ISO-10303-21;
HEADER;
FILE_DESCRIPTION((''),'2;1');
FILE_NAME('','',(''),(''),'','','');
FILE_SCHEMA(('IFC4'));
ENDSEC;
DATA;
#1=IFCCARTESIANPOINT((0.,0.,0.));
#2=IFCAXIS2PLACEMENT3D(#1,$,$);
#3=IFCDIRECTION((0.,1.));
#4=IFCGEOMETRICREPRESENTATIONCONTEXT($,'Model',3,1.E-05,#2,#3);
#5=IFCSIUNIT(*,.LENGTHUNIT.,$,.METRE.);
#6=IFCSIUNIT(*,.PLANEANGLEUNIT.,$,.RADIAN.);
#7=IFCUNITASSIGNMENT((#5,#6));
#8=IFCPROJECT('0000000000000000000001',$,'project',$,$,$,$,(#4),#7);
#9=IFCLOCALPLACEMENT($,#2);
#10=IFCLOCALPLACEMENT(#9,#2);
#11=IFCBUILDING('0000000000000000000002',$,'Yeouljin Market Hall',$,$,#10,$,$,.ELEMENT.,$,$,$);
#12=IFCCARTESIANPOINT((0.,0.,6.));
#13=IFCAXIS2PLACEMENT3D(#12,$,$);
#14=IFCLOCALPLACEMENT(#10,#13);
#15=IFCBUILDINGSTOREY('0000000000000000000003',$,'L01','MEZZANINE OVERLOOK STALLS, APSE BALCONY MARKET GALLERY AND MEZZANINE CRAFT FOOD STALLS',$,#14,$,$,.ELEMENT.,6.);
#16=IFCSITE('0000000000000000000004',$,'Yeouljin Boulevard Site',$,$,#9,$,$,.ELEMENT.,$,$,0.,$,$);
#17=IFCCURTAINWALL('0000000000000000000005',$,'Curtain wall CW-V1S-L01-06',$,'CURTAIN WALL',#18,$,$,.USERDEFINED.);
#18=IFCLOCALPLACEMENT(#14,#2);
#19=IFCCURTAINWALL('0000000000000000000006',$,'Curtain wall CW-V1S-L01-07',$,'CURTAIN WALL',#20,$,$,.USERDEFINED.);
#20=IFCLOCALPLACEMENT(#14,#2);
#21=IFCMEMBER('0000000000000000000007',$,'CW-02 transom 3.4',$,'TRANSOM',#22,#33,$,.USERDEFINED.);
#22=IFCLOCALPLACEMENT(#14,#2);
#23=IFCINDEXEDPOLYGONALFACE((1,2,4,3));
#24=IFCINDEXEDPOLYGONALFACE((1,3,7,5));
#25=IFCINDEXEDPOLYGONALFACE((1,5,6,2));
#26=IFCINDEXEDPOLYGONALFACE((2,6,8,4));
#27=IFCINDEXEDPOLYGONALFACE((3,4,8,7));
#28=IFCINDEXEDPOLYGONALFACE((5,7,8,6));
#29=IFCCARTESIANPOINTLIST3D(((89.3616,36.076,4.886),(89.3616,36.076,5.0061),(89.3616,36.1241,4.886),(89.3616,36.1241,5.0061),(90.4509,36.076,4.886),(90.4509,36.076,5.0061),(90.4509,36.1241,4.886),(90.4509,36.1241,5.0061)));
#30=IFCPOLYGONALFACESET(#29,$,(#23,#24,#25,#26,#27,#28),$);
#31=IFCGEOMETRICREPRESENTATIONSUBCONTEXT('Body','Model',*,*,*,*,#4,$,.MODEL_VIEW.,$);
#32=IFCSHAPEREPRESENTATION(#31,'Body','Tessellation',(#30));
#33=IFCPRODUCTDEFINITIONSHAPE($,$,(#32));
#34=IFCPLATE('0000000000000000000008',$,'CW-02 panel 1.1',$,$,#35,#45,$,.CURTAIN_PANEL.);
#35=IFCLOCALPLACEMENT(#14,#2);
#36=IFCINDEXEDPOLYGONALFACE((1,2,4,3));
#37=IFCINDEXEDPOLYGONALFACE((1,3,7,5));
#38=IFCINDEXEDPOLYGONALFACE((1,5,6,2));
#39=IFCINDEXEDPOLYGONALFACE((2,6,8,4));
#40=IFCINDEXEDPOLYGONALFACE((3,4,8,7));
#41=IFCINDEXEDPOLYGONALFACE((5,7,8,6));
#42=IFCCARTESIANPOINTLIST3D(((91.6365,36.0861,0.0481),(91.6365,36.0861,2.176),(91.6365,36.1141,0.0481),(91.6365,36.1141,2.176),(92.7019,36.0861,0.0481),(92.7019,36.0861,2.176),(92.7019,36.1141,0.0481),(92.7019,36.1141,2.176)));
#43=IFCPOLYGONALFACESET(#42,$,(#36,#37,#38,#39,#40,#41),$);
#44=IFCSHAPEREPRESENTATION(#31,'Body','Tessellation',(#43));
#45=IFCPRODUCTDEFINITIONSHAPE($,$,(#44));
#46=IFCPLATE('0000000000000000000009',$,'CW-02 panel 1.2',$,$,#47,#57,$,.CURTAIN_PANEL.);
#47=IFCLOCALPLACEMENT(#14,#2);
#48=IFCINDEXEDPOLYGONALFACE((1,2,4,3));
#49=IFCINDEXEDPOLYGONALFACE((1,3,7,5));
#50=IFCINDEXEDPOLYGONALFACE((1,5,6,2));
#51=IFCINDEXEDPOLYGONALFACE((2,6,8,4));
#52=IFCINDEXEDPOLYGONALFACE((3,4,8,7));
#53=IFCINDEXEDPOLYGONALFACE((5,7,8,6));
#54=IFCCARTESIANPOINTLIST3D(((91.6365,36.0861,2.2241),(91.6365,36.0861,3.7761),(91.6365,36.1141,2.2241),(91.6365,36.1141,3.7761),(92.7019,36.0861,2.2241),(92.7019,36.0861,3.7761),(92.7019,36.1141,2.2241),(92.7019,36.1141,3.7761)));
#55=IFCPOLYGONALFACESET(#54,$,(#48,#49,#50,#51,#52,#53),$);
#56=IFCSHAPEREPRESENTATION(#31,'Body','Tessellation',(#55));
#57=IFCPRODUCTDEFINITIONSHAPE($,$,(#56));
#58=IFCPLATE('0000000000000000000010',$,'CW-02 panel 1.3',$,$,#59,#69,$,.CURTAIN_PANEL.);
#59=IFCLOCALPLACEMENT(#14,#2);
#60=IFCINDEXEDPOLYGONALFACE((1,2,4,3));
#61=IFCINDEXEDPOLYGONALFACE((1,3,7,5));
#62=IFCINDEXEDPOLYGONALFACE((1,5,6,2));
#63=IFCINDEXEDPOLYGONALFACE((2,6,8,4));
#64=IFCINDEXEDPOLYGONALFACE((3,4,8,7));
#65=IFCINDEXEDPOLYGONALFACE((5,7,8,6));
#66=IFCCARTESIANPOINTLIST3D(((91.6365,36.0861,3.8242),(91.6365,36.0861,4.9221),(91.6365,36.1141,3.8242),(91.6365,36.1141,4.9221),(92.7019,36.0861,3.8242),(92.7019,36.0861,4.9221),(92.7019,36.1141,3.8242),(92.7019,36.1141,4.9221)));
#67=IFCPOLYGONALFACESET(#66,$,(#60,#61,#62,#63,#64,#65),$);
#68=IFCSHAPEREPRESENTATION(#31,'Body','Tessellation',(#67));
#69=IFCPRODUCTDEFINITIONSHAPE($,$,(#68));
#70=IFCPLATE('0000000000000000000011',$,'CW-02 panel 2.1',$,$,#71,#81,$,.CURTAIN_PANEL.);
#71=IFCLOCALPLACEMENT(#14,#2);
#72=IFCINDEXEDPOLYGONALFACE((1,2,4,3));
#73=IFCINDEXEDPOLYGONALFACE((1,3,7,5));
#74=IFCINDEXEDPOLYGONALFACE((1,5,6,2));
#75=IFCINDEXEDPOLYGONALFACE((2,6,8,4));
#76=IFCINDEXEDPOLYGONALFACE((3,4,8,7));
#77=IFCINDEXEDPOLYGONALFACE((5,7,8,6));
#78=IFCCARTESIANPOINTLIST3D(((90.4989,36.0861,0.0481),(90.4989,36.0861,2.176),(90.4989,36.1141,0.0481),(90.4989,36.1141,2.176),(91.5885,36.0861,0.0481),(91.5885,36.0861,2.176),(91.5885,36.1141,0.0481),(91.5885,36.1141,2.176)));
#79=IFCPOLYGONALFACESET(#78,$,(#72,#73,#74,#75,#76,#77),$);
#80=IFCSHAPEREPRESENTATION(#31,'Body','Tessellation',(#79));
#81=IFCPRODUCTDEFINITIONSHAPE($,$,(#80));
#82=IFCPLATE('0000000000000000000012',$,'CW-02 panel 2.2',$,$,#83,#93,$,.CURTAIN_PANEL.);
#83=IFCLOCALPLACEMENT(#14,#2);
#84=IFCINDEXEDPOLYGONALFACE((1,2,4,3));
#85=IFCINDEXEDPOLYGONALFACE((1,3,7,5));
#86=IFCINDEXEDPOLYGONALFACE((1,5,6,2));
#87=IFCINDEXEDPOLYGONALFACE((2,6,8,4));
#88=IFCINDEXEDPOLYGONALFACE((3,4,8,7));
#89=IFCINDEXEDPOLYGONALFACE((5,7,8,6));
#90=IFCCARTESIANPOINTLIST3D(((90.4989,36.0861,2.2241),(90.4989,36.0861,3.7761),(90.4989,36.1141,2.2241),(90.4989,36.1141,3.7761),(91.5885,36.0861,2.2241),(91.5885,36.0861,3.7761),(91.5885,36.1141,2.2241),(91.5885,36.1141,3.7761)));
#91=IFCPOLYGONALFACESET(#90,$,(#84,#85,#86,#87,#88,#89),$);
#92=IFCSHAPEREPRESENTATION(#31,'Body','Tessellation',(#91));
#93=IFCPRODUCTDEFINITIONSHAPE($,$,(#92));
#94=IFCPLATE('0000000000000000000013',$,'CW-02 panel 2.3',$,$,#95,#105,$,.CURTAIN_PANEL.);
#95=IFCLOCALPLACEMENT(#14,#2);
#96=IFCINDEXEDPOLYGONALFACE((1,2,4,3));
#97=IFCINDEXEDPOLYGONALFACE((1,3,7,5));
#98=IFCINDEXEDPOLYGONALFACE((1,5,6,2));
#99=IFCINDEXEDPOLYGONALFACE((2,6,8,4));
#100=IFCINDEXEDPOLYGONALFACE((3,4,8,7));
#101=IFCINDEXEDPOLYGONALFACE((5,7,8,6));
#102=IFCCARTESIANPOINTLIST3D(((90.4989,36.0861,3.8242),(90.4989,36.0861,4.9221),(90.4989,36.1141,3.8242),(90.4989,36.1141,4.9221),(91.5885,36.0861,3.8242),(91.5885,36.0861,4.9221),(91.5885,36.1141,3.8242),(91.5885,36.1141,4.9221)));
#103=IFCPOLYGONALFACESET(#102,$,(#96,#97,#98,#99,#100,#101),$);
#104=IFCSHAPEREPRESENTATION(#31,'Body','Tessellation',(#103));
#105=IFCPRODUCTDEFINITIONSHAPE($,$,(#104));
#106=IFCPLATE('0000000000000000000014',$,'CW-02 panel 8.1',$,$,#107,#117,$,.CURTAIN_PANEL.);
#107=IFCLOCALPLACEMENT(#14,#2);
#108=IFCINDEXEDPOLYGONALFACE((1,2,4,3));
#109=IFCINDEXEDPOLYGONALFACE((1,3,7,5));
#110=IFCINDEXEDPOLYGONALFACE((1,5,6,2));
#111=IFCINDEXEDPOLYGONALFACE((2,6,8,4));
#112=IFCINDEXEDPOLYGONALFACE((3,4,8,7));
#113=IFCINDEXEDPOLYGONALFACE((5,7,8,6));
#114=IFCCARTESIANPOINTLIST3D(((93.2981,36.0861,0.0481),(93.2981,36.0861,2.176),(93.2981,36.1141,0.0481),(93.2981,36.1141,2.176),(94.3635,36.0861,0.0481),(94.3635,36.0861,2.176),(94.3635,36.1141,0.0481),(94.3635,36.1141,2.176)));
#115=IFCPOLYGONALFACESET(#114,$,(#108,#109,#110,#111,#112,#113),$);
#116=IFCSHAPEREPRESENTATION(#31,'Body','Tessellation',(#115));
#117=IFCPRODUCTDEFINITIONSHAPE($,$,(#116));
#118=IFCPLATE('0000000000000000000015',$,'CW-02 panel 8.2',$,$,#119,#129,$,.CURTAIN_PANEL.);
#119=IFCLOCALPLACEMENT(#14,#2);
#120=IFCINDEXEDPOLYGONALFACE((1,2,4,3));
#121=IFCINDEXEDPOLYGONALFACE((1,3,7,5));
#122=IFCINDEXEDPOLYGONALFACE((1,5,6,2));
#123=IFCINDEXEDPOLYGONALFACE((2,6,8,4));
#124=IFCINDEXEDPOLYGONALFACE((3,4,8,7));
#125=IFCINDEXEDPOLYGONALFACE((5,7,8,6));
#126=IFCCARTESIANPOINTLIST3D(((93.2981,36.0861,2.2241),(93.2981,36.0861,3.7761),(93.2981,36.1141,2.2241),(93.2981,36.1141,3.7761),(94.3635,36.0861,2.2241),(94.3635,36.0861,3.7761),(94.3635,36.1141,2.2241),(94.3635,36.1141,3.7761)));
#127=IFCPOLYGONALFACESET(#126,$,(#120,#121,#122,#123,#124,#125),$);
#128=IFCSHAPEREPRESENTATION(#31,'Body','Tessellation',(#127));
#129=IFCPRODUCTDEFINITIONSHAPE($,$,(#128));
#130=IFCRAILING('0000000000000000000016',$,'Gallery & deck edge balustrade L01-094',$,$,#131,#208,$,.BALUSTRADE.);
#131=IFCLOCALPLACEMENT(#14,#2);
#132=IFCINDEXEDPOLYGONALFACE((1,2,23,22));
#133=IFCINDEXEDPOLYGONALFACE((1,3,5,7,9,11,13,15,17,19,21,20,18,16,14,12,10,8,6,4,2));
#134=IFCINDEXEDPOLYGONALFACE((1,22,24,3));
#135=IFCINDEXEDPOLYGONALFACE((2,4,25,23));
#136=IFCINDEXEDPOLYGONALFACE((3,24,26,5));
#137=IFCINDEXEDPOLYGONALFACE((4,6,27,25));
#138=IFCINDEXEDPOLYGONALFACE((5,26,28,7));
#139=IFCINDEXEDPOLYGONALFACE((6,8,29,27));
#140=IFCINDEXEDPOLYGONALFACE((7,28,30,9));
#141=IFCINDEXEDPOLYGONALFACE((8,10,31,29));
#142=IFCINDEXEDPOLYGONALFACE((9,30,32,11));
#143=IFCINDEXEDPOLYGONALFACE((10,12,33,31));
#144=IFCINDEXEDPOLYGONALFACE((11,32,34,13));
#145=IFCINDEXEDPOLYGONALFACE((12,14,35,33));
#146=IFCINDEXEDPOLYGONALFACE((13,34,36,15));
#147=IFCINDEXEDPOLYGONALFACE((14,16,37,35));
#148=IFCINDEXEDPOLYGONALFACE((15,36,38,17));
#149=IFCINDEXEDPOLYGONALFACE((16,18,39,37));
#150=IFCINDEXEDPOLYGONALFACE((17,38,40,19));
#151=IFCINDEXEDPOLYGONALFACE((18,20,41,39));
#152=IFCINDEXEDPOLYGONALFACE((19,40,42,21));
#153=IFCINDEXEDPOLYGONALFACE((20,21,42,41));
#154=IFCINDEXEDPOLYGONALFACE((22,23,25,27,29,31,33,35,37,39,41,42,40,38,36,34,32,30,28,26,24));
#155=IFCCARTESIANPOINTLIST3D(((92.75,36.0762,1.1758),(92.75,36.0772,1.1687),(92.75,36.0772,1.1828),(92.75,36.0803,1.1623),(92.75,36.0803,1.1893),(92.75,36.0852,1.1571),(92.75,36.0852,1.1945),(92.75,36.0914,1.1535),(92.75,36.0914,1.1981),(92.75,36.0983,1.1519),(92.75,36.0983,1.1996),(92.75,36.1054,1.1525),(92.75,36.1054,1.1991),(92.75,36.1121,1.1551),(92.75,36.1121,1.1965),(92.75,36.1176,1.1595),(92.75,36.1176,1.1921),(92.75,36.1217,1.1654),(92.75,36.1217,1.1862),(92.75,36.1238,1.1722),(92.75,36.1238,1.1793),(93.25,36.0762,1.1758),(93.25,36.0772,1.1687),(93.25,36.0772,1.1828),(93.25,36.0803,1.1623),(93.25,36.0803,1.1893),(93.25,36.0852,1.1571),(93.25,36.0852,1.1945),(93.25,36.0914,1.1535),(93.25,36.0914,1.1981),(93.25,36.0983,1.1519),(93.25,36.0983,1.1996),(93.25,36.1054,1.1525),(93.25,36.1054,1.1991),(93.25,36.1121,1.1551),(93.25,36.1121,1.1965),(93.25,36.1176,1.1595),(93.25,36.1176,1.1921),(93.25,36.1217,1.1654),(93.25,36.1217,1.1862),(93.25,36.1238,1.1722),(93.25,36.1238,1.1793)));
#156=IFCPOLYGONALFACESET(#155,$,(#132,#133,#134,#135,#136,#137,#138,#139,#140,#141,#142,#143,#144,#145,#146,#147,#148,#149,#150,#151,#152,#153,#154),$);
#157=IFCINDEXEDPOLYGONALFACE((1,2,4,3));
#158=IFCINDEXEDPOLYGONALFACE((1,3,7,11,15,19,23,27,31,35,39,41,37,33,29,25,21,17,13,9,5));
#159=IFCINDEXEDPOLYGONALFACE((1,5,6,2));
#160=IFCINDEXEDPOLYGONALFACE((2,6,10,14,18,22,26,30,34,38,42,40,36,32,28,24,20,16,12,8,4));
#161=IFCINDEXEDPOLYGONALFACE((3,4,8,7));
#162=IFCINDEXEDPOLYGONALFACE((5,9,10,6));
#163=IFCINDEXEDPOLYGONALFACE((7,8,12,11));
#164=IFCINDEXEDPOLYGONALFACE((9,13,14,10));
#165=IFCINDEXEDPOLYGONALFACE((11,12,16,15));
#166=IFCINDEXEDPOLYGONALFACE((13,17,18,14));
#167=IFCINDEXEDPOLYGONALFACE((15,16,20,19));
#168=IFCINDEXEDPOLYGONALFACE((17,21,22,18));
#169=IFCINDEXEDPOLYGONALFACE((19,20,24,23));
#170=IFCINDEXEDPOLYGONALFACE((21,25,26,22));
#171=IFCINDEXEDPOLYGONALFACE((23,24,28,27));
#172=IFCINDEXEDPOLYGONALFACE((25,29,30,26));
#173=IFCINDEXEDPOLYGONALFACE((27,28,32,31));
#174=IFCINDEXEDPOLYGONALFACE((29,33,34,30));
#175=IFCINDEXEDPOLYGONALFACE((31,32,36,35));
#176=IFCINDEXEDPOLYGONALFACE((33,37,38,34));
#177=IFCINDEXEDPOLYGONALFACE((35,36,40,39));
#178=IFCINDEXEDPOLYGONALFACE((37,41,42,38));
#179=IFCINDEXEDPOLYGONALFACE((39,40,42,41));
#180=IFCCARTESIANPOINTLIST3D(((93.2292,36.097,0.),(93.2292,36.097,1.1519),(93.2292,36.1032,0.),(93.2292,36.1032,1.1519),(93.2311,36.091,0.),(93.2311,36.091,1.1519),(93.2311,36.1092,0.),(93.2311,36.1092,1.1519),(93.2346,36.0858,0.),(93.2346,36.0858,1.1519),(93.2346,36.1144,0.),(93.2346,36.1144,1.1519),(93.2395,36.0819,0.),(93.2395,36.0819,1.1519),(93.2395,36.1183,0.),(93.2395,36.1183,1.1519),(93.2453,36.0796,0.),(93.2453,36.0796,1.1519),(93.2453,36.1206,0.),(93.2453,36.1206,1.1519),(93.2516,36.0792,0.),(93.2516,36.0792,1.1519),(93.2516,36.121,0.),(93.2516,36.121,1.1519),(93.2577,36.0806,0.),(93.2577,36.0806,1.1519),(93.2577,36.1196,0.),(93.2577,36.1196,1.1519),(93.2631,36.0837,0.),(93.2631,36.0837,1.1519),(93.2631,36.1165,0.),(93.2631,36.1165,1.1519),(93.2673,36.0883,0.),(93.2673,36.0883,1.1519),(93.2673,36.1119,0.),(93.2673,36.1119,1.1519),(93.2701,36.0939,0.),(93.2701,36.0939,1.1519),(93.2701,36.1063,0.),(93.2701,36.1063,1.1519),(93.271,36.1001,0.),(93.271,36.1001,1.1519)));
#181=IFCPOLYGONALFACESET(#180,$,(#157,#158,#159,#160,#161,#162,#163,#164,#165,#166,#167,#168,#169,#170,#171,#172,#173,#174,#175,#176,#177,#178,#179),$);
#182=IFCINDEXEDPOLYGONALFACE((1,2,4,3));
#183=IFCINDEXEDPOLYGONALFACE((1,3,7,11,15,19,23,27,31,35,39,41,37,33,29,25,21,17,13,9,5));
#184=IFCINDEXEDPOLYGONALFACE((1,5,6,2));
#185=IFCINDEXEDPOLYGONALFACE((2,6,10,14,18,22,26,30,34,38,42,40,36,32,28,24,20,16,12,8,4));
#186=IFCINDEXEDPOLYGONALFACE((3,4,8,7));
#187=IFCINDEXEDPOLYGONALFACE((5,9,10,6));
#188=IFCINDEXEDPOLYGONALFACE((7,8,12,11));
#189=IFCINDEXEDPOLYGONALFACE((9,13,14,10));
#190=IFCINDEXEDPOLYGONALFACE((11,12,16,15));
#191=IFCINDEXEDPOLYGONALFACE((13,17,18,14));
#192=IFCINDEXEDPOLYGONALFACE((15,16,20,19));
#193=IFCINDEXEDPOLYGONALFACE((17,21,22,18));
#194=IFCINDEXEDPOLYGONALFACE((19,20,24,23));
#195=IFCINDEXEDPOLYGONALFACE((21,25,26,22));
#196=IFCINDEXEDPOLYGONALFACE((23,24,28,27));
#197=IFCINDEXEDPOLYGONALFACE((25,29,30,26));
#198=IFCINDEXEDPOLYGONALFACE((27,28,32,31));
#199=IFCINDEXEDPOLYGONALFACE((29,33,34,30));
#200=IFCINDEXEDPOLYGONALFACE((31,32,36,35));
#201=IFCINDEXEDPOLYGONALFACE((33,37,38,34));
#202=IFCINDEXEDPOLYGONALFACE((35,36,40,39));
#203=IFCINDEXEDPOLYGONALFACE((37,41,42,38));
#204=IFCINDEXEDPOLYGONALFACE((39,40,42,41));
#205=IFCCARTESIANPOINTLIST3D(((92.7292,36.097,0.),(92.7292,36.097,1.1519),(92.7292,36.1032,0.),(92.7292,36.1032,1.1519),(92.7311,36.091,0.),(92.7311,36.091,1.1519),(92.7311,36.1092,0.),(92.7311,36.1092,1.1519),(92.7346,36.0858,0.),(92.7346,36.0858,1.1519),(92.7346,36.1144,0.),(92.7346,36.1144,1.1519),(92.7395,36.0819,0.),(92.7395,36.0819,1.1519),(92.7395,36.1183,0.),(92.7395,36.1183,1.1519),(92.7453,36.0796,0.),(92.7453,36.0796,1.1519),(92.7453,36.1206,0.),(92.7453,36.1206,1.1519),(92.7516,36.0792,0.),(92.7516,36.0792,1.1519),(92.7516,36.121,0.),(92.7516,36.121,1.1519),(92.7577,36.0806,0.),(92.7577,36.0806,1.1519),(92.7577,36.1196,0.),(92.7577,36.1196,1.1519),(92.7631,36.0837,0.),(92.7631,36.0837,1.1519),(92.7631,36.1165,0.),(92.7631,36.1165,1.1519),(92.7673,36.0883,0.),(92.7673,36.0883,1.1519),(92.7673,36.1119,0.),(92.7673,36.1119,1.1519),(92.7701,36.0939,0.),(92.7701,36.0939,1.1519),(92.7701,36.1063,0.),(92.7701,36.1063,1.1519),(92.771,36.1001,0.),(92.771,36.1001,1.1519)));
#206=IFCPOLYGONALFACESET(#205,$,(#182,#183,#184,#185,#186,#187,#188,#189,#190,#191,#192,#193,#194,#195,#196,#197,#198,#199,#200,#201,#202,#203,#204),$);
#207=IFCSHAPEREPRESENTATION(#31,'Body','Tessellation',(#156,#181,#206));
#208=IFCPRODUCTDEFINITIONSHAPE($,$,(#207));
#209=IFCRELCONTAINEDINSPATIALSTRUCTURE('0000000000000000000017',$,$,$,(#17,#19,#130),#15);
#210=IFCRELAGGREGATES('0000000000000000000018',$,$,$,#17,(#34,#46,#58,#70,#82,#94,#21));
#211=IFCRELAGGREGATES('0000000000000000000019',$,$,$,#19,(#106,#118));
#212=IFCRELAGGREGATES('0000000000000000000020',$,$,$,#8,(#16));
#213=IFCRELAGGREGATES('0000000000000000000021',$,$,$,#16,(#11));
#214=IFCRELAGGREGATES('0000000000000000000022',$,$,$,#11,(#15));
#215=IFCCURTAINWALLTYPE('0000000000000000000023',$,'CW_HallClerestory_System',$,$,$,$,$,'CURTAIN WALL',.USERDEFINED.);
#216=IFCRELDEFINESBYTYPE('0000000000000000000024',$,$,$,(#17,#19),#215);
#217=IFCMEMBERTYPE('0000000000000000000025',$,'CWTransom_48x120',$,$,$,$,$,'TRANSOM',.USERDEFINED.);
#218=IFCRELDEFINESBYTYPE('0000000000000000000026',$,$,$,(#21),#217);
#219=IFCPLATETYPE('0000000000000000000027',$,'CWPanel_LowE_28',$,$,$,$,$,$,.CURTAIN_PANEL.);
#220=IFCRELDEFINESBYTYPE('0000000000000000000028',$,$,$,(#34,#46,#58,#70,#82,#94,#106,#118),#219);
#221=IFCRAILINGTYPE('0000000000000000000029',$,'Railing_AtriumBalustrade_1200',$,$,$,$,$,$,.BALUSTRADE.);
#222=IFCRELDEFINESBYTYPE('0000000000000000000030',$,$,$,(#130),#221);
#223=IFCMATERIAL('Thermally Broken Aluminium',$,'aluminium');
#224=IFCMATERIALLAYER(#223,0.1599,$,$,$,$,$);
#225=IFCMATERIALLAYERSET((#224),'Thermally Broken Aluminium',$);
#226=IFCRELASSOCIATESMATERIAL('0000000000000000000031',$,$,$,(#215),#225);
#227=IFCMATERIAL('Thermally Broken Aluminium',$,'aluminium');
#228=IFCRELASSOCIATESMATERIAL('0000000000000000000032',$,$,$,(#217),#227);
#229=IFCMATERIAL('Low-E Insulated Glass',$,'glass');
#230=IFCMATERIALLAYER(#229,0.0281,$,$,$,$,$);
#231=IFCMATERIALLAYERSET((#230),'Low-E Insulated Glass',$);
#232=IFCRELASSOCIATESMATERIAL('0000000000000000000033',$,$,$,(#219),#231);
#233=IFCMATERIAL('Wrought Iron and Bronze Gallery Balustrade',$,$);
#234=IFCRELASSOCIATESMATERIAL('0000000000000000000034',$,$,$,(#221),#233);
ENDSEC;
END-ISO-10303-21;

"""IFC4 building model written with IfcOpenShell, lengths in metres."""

from ifc_helpers import new_model, si_unit, direction, frame, origin, origin_2d, place, context, subcontext, project, spatial, rectangle, circle, extrude, material, layer, layer_set, material_profile, profile_set, type_object, element, aggregate, save


model = new_model("IFC4")

# Units and contexts
model_context = context("Model", 3, precision=1e-05, world=origin(), true_north=direction((0.0, 1.0)))
body_context = subcontext(model_context, "Body", "Model", "MODEL_VIEW")
ifc_project = project(units=[si_unit("LENGTHUNIT", "METRE"), si_unit("PLANEANGLEUNIT", "RADIAN")], contexts=[model_context])

# Site, building, storey
site_placement = place(None, origin())
site = spatial("IfcSite", under=ifc_project, at=site_placement, Name="Yeouljin Boulevard Site", CompositionType="ELEMENT", RefElevation=0.0)
building_placement = place(site_placement, origin())
building = spatial("IfcBuilding", under=site, at=building_placement, Name="Yeouljin Market Hall", CompositionType="ELEMENT")
storey_placement = place(building_placement, frame((0.0, 0.0, 6.0)))
storey = spatial("IfcBuildingStorey", under=building, at=storey_placement, Name="L01", Description="MEZZANINE OVERLOOK STALLS, APSE BALCONY MARKET GALLERY AND MEZZANINE CRAFT FOOD STALLS", CompositionType="ELEMENT", Elevation=6.0)

# Curtain wall
ifc_material_1 = material(Name="Thermally Broken Aluminium", Category="aluminium")
ifc_layer_1 = layer(ifc_material_1, 0.1599)
ifc_layer_set_1 = layer_set([ifc_layer_1], Name="Thermally Broken Aluminium")
curtain_wall_type = type_object("IfcCurtainWallType", Name="CW_HallClerestory_System", ElementType="CURTAIN WALL", PredefinedType="USERDEFINED", material=ifc_layer_set_1)
curtain_wall_1_placement = place(storey_placement, origin())
curtain_wall_1 = element("IfcCurtainWall", 1, at=curtain_wall_1_placement, inside=storey, type_object=curtain_wall_type, Name="Curtain wall CW-V1S-L01-06", ObjectType="CURTAIN WALL", PredefinedType="USERDEFINED")

# Curtain wall
curtain_wall_2_placement = place(storey_placement, origin())
curtain_wall_2 = element("IfcCurtainWall", 2, at=curtain_wall_2_placement, inside=storey, type_object=curtain_wall_type, Name="Curtain wall CW-V1S-L01-07", ObjectType="CURTAIN WALL", PredefinedType="USERDEFINED")

# Member
ifc_material_2 = material(Name="Thermally Broken Aluminium", Category="aluminium")
ifc_material_profile_1 = material_profile(ifc_material_2, rectangle(XDim=0.0481, YDim=0.1201, at=origin_2d()), Name="CW-TRAN-48x120")
ifc_profile_set_1 = profile_set([ifc_material_profile_1], Name="Thermally Broken Aluminium")
member_type_1 = type_object("IfcMemberType", Name="CWTransom_48x120", ElementType="TRANSOM", PredefinedType="USERDEFINED", material=ifc_profile_set_1)
member_1_placement = place(storey_placement, frame((90.4509, 36.1001, 4.946), z_axis=(-1.0, 0.0, 0.0), x_axis=(0.0, -1.0, 0.0)))
member_1 = element("IfcMember", 3, at=member_1_placement, type_object=member_type_1, Name="CW-02 transom 3.4", ObjectType="TRANSOM", PredefinedType="USERDEFINED", context=body_context, shape_type="SweptSolid", body=[
    extrude(rectangle(XDim=0.0481, YDim=0.1201, at=origin_2d()), origin(), (0.0, 0.0, 1.0), 1.0894),
])

# Plates
ifc_material_3 = material(Name="Low-E Insulated Glass", Category="glass")
ifc_layer_2 = layer(ifc_material_3, 0.0281)
ifc_layer_set_2 = layer_set([ifc_layer_2], Name="Low-E Insulated Glass")
plate_type = type_object("IfcPlateType", Name="CWPanel_LowE_28", PredefinedType="CURTAIN_PANEL", material=ifc_layer_set_2)
plate_1_placement = place(storey_placement, frame((92.1692, 36.1001, 0.0481), z_axis=(0.0, 0.0, 1.0), x_axis=(-1.0, 0.0, 0.0)))
plate_1 = element("IfcPlate", 4, at=plate_1_placement, type_object=plate_type, Name="CW-02 panel 1.1", PredefinedType="CURTAIN_PANEL", context=body_context, shape_type="SweptSolid", body=[
    extrude(rectangle(XDim=1.0654, YDim=0.0281, at=origin_2d()), origin(), (0.0, 0.0, 1.0), 2.1279),
])
plate_2_placement = place(storey_placement, frame((92.1692, 36.1001, 2.2241), z_axis=(0.0, 0.0, 1.0), x_axis=(-1.0, 0.0, 0.0)))
plate_2 = element("IfcPlate", 5, at=plate_2_placement, type_object=plate_type, Name="CW-02 panel 1.2", PredefinedType="CURTAIN_PANEL", context=body_context, shape_type="SweptSolid", body=[
    extrude(rectangle(XDim=1.0654, YDim=0.0281, at=origin_2d()), origin(), (0.0, 0.0, 1.0), 1.552),
])
plate_3_placement = place(storey_placement, frame((92.1692, 36.1001, 3.8242), z_axis=(0.0, 0.0, 1.0), x_axis=(-1.0, 0.0, 0.0)))
plate_3 = element("IfcPlate", 6, at=plate_3_placement, type_object=plate_type, Name="CW-02 panel 1.3", PredefinedType="CURTAIN_PANEL", context=body_context, shape_type="SweptSolid", body=[
    extrude(rectangle(XDim=1.0654, YDim=0.0281, at=origin_2d()), origin(), (0.0, 0.0, 1.0), 1.0979),
])
plate_4_placement = place(storey_placement, frame((91.0437, 36.1001, 0.0481), z_axis=(0.0, 0.0, 1.0), x_axis=(-1.0, 0.0, 0.0)))
plate_4 = element("IfcPlate", 7, at=plate_4_placement, type_object=plate_type, Name="CW-02 panel 2.1", PredefinedType="CURTAIN_PANEL", context=body_context, shape_type="SweptSolid", body=[
    extrude(rectangle(XDim=1.0896, YDim=0.0281, at=origin_2d()), origin(), (0.0, 0.0, 1.0), 2.1279),
])
plate_5_placement = place(storey_placement, frame((91.0437, 36.1001, 2.2241), z_axis=(0.0, 0.0, 1.0), x_axis=(-1.0, 0.0, 0.0)))
plate_5 = element("IfcPlate", 8, at=plate_5_placement, type_object=plate_type, Name="CW-02 panel 2.2", PredefinedType="CURTAIN_PANEL", context=body_context, shape_type="SweptSolid", body=[
    extrude(rectangle(XDim=1.0896, YDim=0.0281, at=origin_2d()), origin(), (0.0, 0.0, 1.0), 1.552),
])
plate_6_placement = place(storey_placement, frame((91.0437, 36.1001, 3.8242), z_axis=(0.0, 0.0, 1.0), x_axis=(-1.0, 0.0, 0.0)))
plate_6 = element("IfcPlate", 9, at=plate_6_placement, type_object=plate_type, Name="CW-02 panel 2.3", PredefinedType="CURTAIN_PANEL", context=body_context, shape_type="SweptSolid", body=[
    extrude(rectangle(XDim=1.0896, YDim=0.0281, at=origin_2d()), origin(), (0.0, 0.0, 1.0), 1.0979),
])
aggregate(curtain_wall_1, [plate_1, plate_2, plate_3, plate_4, plate_5, plate_6, member_1])
plate_7_placement = place(storey_placement, frame((93.8308, 36.1001, 0.0481), z_axis=(0.0, 0.0, 1.0), x_axis=(-1.0, 0.0, 0.0)))
plate_7 = element("IfcPlate", 10, at=plate_7_placement, type_object=plate_type, Name="CW-02 panel 8.1", PredefinedType="CURTAIN_PANEL", context=body_context, shape_type="SweptSolid", body=[
    extrude(rectangle(XDim=1.0654, YDim=0.0281, at=origin_2d()), origin(), (0.0, 0.0, 1.0), 2.1279),
])
plate_8_placement = place(storey_placement, frame((93.8308, 36.1001, 2.2241), z_axis=(0.0, 0.0, 1.0), x_axis=(-1.0, 0.0, 0.0)))
plate_8 = element("IfcPlate", 11, at=plate_8_placement, type_object=plate_type, Name="CW-02 panel 8.2", PredefinedType="CURTAIN_PANEL", context=body_context, shape_type="SweptSolid", body=[
    extrude(rectangle(XDim=1.0654, YDim=0.0281, at=origin_2d()), origin(), (0.0, 0.0, 1.0), 1.552),
])
aggregate(curtain_wall_2, [plate_7, plate_8])

# Railing
ifc_material_4 = material(Name="Wrought Iron and Bronze Gallery Balustrade")
railing_type = type_object("IfcRailingType", Name="Railing_AtriumBalustrade_1200", PredefinedType="BALUSTRADE", material=ifc_material_4)
railing_placement = place(storey_placement, frame((93.25, 36.1001, 0.0)))
element("IfcRailing", 12, at=railing_placement, inside=storey, type_object=railing_type, Name="Gallery & deck edge balustrade L01-094", PredefinedType="BALUSTRADE", context=body_context, shape_type="SweptSolid", body=[
    extrude(circle(Radius=0.0239, at=origin_2d()), frame((0.0, 0.0, 1.1758), z_axis=(-1.0, 0.0, 0.0), x_axis=(0.0, -1.0, 0.0)), (0.0, 0.0, 1.0), 0.5),
    extrude(circle(Radius=0.021, at=origin_2d()), origin(), (0.0, 0.0, 1.0), 1.1519),
    extrude(circle(Radius=0.021, at=origin_2d()), frame((-0.5, 0.0, 0.0)), (0.0, 0.0, 1.0), 1.1519),
])

save(model, "model.ifc")
